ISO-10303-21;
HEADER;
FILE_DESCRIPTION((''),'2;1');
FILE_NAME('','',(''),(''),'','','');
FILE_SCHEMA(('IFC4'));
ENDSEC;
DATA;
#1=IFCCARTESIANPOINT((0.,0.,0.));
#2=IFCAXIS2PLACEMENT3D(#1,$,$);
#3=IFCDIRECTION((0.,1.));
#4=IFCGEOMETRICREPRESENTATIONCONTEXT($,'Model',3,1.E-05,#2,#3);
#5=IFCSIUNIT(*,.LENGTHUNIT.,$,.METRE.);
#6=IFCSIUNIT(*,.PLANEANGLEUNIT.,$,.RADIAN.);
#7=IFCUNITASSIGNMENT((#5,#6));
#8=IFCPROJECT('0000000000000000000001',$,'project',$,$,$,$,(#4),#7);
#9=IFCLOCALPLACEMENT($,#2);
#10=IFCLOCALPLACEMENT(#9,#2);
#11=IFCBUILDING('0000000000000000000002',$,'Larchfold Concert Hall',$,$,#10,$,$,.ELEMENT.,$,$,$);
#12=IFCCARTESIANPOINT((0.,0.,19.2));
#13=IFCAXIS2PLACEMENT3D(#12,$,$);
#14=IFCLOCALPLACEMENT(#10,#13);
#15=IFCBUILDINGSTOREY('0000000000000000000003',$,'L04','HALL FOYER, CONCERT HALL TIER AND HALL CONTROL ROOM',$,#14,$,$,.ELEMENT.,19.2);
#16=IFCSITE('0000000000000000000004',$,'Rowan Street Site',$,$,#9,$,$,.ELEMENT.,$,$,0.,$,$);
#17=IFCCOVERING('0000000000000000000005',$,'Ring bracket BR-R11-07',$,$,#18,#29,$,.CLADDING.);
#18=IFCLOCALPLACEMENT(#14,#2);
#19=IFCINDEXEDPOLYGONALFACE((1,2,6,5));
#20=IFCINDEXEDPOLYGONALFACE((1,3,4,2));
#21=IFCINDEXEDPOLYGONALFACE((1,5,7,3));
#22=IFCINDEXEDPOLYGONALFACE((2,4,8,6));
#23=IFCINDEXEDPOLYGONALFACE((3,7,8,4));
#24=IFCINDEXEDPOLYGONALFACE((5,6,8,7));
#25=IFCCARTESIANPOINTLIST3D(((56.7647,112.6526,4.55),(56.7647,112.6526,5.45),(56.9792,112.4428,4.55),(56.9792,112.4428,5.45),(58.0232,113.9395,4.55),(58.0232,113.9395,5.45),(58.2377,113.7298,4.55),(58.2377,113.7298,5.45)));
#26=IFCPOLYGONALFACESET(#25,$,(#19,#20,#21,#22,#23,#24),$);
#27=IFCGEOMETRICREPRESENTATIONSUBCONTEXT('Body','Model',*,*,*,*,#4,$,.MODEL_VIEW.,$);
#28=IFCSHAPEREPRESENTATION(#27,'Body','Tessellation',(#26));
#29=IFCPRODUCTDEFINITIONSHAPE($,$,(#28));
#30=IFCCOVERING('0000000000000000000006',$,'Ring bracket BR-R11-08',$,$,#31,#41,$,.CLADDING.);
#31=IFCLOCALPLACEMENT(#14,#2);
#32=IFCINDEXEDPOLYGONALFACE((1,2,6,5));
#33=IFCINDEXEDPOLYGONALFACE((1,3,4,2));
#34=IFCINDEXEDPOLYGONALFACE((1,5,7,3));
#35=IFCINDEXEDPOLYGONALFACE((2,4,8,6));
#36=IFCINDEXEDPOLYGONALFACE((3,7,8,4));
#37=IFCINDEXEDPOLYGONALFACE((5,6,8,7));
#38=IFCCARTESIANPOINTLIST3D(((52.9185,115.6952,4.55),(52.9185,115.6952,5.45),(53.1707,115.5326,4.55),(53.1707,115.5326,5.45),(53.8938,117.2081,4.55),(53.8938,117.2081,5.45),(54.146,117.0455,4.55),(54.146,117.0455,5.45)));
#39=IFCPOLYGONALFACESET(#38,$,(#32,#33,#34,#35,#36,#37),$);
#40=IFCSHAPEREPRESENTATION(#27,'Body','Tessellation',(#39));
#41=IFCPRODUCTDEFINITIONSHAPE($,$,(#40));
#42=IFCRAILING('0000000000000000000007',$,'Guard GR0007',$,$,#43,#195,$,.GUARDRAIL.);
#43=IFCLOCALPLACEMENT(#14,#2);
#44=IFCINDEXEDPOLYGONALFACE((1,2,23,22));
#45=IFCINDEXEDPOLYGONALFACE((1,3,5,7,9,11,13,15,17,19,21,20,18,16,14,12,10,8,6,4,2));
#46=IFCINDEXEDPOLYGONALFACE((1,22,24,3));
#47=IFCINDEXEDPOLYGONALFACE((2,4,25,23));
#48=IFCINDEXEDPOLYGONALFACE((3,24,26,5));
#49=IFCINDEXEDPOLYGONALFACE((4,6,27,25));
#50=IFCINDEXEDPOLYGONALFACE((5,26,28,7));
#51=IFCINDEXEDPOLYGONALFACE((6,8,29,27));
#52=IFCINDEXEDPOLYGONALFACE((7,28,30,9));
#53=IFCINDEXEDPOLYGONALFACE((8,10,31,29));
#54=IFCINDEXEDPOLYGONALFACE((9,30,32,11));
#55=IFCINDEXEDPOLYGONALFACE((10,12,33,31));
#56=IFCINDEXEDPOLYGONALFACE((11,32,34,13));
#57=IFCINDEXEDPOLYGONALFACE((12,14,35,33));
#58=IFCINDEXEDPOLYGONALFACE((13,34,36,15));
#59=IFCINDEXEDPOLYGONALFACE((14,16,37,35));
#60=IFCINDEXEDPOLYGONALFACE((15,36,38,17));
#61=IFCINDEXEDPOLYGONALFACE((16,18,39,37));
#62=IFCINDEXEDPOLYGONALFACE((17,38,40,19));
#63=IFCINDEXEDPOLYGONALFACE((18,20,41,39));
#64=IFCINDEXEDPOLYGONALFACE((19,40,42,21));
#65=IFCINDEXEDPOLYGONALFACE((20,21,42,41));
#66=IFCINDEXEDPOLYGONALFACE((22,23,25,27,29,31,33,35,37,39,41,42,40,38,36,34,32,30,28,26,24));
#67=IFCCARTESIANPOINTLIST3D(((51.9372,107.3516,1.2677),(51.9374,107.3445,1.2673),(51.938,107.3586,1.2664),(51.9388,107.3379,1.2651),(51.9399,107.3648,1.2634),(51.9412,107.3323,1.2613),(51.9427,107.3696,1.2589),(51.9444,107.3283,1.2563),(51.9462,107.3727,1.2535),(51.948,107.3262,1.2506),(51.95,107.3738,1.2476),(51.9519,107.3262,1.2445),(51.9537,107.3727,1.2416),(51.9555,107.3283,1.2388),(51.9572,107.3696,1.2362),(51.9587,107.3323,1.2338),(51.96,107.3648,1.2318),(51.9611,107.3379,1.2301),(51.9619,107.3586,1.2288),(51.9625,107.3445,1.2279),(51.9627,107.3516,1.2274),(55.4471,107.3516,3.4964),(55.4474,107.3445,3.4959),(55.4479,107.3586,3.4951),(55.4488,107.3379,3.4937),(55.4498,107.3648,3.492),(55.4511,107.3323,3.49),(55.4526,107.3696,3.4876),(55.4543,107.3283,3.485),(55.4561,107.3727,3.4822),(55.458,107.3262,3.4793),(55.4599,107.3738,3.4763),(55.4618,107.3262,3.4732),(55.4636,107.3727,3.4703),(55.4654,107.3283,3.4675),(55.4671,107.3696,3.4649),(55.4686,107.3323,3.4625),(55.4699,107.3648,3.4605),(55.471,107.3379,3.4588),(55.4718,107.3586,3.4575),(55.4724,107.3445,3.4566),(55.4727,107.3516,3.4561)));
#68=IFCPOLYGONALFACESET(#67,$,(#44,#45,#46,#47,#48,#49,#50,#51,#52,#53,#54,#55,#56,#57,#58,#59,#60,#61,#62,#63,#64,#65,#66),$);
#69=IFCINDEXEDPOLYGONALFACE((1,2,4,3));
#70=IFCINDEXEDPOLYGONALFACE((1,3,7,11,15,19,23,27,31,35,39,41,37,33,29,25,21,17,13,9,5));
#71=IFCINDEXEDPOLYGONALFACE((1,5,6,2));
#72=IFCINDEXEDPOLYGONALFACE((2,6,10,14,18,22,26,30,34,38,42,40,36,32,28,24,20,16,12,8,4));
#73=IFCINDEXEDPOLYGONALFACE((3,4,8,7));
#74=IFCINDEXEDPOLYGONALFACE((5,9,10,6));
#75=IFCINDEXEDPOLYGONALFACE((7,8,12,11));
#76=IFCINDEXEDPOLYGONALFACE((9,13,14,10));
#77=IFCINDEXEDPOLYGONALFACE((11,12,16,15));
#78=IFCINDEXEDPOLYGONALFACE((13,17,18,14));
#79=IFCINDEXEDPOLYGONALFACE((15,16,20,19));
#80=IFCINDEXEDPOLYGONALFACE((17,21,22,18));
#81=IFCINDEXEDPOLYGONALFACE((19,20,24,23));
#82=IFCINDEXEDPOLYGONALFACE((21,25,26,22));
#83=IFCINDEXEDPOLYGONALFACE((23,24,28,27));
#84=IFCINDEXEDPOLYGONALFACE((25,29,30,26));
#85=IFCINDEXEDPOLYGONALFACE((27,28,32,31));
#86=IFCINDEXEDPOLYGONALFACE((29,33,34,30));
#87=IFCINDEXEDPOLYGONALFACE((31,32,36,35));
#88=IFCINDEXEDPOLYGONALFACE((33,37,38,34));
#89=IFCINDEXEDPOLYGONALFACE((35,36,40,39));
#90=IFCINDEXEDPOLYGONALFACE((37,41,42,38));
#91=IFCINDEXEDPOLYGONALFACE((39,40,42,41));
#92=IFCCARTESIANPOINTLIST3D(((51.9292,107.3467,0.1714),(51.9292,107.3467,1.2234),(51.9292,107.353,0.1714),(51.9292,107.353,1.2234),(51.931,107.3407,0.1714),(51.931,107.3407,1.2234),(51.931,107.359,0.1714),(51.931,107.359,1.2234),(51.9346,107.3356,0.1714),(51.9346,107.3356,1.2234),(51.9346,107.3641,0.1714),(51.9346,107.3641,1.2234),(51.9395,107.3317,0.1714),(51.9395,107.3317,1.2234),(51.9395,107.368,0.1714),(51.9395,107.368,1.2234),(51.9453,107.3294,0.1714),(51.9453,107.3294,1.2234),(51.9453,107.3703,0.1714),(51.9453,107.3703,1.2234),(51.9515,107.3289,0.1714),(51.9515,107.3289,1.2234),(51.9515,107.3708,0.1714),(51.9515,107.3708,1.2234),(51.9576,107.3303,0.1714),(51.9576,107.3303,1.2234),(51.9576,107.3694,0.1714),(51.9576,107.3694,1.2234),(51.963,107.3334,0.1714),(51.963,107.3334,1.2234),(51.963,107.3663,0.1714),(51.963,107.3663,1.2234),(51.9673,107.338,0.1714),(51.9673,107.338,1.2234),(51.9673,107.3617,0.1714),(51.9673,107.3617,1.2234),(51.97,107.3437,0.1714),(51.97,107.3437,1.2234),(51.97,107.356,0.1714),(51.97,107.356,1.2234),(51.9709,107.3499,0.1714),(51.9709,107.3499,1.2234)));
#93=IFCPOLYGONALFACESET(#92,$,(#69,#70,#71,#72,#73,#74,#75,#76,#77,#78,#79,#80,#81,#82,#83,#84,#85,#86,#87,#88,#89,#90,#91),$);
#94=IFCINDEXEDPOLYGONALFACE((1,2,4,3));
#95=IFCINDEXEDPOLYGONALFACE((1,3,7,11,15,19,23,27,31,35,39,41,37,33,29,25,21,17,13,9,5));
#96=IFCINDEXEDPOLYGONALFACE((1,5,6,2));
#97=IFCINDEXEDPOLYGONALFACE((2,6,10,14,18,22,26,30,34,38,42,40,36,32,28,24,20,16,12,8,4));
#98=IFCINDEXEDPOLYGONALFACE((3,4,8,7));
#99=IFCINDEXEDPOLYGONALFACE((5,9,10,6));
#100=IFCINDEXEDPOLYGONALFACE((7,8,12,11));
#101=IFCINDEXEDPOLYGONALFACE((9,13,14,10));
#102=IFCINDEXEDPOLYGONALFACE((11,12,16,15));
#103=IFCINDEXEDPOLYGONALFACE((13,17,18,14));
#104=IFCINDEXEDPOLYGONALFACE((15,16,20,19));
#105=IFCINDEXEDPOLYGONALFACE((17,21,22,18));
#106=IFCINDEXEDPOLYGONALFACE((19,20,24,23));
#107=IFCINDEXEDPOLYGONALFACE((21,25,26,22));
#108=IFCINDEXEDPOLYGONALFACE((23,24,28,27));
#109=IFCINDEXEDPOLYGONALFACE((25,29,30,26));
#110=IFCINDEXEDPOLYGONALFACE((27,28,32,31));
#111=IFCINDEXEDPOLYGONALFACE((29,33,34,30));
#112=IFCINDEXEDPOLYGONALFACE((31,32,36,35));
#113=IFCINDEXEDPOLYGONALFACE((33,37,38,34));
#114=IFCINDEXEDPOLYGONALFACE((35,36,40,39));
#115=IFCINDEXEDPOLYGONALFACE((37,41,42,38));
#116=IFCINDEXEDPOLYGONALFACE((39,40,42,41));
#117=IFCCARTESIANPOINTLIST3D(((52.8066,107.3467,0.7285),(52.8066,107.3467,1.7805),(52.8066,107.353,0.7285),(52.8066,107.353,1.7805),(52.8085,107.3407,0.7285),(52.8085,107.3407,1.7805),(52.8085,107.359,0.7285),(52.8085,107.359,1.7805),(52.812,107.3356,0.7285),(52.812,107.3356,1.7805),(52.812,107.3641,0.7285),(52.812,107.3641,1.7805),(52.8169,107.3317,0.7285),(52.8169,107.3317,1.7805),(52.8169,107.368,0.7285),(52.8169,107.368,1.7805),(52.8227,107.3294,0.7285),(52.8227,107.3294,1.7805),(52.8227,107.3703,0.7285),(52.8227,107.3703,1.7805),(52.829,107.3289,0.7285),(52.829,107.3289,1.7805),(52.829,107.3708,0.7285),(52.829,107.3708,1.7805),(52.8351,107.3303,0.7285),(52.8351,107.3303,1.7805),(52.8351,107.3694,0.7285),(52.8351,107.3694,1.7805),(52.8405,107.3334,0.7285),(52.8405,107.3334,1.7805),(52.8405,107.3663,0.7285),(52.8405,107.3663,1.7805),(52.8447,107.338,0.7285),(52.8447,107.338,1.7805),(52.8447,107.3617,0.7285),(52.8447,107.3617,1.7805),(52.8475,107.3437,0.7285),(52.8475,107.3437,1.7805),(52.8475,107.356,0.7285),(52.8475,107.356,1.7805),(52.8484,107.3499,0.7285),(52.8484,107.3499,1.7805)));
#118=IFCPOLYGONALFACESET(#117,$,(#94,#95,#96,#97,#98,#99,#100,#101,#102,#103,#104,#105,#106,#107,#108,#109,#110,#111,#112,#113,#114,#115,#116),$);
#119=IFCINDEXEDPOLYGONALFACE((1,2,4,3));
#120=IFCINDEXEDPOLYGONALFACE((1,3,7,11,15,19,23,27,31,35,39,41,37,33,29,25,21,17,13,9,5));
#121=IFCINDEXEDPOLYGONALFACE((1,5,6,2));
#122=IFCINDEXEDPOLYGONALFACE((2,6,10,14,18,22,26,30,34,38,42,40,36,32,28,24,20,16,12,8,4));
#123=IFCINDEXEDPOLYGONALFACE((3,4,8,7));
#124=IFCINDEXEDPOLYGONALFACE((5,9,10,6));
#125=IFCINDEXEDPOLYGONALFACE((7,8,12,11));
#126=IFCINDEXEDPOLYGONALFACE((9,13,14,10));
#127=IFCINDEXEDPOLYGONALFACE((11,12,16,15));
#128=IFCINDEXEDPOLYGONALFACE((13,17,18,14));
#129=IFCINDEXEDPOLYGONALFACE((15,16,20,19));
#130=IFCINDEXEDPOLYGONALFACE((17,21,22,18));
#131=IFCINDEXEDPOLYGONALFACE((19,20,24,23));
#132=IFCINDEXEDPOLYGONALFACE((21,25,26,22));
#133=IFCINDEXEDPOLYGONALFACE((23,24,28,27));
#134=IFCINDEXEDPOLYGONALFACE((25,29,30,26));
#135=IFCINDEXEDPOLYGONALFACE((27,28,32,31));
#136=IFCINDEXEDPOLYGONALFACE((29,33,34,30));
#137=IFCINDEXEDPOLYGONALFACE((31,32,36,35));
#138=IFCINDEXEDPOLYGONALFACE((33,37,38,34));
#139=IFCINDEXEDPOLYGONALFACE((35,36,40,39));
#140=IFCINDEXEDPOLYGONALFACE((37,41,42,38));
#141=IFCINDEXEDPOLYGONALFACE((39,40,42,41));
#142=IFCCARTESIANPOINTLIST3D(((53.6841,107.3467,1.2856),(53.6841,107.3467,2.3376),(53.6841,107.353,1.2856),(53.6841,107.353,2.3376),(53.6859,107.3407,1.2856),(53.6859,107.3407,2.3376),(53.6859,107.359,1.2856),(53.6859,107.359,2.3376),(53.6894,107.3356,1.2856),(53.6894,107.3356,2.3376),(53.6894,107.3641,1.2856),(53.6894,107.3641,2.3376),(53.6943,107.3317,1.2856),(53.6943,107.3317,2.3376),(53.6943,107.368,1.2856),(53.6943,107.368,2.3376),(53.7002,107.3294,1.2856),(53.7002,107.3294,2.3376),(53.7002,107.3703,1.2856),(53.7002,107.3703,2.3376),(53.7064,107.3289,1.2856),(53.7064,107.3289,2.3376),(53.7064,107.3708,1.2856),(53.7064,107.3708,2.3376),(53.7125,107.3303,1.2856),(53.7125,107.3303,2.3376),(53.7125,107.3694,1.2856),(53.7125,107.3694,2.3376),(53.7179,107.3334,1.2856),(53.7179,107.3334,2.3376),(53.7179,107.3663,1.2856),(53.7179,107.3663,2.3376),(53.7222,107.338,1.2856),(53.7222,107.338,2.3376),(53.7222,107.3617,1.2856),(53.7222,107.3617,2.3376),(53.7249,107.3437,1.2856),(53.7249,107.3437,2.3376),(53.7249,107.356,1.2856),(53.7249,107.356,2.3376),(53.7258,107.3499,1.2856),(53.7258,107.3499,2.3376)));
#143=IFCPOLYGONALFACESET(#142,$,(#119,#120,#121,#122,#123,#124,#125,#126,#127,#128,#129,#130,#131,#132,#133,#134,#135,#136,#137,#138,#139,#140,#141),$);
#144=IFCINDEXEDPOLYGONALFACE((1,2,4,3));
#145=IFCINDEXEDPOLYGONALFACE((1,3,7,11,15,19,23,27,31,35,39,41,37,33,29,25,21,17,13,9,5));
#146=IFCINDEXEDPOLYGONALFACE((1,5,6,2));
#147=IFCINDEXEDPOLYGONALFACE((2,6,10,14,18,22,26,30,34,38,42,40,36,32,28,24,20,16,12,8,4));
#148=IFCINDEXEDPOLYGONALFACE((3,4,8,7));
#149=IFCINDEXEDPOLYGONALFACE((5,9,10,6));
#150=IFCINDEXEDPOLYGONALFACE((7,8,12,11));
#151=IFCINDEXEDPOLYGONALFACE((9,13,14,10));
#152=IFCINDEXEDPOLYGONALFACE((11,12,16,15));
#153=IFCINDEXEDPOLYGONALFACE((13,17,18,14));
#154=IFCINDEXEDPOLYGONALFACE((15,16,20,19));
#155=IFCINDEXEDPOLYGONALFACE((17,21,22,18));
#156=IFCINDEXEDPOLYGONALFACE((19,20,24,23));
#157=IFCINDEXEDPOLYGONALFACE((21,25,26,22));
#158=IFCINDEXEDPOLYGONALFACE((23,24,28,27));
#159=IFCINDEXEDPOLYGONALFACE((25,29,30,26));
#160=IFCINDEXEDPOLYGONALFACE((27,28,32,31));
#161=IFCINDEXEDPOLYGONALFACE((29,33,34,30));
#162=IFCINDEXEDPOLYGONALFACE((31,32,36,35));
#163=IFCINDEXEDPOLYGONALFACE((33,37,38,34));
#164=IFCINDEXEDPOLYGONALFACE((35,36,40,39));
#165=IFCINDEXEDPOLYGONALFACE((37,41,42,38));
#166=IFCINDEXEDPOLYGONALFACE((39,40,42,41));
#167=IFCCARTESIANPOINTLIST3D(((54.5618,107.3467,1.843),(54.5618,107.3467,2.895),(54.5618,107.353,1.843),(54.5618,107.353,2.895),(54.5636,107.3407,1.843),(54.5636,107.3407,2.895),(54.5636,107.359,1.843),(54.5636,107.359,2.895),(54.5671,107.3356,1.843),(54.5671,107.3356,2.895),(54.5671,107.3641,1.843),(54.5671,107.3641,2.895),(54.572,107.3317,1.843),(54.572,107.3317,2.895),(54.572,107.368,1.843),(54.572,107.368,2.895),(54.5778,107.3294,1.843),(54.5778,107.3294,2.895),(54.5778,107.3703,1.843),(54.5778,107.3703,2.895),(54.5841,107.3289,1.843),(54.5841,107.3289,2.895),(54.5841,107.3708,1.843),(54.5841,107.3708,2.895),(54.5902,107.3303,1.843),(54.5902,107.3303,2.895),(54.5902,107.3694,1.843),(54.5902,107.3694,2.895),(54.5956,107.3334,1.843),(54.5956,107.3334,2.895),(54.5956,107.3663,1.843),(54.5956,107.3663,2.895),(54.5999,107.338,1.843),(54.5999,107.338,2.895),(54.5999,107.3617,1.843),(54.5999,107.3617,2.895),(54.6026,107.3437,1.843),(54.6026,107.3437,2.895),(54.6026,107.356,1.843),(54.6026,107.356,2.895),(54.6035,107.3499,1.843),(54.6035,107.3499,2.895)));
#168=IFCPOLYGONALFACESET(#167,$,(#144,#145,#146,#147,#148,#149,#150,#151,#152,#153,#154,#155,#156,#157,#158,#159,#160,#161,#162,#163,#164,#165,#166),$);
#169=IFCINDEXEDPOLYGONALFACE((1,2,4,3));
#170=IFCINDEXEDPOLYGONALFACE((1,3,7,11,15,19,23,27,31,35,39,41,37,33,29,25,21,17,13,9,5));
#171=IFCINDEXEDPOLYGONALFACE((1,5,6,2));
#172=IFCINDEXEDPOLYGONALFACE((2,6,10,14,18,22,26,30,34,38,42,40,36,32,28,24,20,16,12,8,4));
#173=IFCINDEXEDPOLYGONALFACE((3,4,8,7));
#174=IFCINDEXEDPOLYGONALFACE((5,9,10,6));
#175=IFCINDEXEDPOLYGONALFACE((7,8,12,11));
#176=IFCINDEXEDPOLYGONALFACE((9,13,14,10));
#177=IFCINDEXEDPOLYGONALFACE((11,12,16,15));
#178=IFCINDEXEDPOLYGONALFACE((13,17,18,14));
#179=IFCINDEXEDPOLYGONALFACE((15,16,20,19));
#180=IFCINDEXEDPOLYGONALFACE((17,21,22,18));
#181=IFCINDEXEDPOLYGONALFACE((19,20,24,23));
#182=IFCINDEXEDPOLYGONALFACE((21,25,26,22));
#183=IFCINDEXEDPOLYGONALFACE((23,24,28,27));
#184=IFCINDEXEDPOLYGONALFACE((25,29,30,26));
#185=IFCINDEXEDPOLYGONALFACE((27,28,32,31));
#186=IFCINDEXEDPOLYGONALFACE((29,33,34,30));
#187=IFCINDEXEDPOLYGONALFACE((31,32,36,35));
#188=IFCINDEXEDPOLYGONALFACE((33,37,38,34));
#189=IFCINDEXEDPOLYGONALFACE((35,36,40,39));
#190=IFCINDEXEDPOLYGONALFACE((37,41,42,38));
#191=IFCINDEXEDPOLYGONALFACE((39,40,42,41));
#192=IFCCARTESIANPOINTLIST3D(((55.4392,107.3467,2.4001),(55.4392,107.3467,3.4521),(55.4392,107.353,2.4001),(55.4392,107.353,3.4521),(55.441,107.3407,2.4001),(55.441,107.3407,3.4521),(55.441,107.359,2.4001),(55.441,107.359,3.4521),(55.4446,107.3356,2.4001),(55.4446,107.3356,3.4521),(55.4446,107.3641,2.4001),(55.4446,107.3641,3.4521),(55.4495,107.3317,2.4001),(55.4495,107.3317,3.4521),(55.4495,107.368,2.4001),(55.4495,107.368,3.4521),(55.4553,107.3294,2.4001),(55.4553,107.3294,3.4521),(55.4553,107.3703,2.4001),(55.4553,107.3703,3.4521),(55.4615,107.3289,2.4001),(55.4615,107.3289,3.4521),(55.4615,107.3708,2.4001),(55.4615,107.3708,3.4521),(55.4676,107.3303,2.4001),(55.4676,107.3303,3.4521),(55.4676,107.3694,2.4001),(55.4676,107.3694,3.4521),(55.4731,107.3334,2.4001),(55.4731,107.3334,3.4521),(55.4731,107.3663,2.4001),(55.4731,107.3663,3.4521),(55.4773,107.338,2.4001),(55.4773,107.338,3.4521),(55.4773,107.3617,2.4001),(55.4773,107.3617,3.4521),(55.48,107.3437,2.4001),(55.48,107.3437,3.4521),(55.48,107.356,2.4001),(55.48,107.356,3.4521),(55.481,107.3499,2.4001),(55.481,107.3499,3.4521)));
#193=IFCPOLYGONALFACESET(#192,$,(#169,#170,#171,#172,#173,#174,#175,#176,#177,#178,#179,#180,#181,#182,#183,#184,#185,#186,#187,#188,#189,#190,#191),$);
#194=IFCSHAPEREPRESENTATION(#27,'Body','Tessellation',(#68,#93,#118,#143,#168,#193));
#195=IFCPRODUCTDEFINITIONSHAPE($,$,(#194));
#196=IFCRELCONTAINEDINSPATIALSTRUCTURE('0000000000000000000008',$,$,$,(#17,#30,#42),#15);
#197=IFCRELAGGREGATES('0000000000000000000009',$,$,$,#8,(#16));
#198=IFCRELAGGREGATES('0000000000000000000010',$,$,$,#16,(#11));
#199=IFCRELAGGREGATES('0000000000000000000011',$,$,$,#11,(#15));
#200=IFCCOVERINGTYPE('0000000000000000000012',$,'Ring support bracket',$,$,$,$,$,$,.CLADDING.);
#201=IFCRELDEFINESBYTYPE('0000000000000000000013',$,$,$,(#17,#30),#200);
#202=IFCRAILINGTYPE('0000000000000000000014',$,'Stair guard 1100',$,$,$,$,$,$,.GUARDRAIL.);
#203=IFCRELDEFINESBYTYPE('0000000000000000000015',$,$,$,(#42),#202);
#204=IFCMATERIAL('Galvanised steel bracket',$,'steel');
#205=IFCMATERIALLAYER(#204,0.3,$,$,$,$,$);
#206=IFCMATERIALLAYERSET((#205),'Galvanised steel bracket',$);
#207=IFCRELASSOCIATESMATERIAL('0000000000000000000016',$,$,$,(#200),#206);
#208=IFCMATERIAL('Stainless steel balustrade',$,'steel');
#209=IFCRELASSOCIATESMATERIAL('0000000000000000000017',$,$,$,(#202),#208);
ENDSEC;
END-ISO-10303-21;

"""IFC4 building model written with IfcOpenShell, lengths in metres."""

from ifc_helpers import new_model, si_unit, direction, frame, origin, origin_2d, place, context, subcontext, project, spatial, rectangle, circle, extrude, material, layer, layer_set, type_object, element, save


model = new_model("IFC4")

# Units and contexts
model_context = context("Model", 3, precision=1e-05, world=origin(), true_north=direction((0.0, 1.0)))
body_context = subcontext(model_context, "Body", "Model", "MODEL_VIEW")
ifc_project = project(units=[si_unit("LENGTHUNIT", "METRE"), si_unit("PLANEANGLEUNIT", "RADIAN")], contexts=[model_context])

# Site, building, storey
site_placement = place(None, origin())
site = spatial("IfcSite", under=ifc_project, at=site_placement, Name="Rowan Street Site", CompositionType="ELEMENT", RefElevation=0.0)
building_placement = place(site_placement, origin())
building = spatial("IfcBuilding", under=site, at=building_placement, Name="Larchfold Concert Hall", CompositionType="ELEMENT")
storey_placement = place(building_placement, frame((0.0, 0.0, 19.2)))
storey = spatial("IfcBuildingStorey", under=building, at=storey_placement, Name="L04", Description="HALL FOYER, CONCERT HALL TIER AND HALL CONTROL ROOM", CompositionType="ELEMENT", Elevation=19.2)

# Coverings
ifc_material_1 = material(Name="Galvanised steel bracket", Category="steel")
ifc_layer_1 = layer(ifc_material_1, 0.3)
ifc_layer_set_1 = layer_set([ifc_layer_1], Name="Galvanised steel bracket")
covering_type = type_object("IfcCoveringType", Name="Ring support bracket", PredefinedType="CLADDING", material=ifc_layer_set_1)
for number, where, z_axis, x_axis, name in (
    (1, (57.5012, 113.1912, 4.55), (0.0, 0.0, 1.0), (0.699161, 0.714965, 0.0), "Ring bracket BR-R11-07"),
    (2, (53.5322, 116.3704, 4.55), (0.0, 0.0, 1.0), (0.54181, 0.840501, 0.0), "Ring bracket BR-R11-08"),
):
    element("IfcCovering", number, at=place(storey_placement, frame(where, z_axis=z_axis, x_axis=x_axis)), inside=storey, type_object=covering_type, Name=name, PredefinedType="CLADDING", context=body_context, shape_type="SweptSolid", body=[
        extrude(rectangle(XDim=1.8, YDim=0.3, at=origin_2d()), origin(), (0.0, 0.0, 1.0), 0.8999),
    ])

# Railing
ifc_material_2 = material(Name="Stainless steel balustrade", Category="steel")
railing_type_1 = type_object("IfcRailingType", Name="Stair guard 1100", PredefinedType="GUARDRAIL", material=ifc_material_2)
railing_1_placement = place(storey_placement, frame((51.95, 107.3499, 0.1714)))
element("IfcRailing", 3, at=railing_1_placement, inside=storey, type_object=railing_type_1, Name="Guard GR0007", PredefinedType="GUARDRAIL", context=body_context, shape_type="SweptSolid", body=[
    extrude(circle(Radius=0.0239, at=origin_2d()), frame((0.0, 0.0, 1.0762), z_axis=(0.844193, 0.0, 0.536039), x_axis=(0.0, 1.0, 0.0)), (0.0, 0.0, 1.0), 4.1577),
    extrude(circle(Radius=0.021, at=origin_2d()), origin(), (0.0, 0.0, 1.0), 1.052),
    extrude(circle(Radius=0.021, at=origin_2d()), frame((0.8774, 0.0, 0.5571)), (0.0, 0.0, 1.0), 1.052),
    extrude(circle(Radius=0.021, at=origin_2d()), frame((1.7549, 0.0, 1.1143)), (0.0, 0.0, 1.0), 1.052),
    extrude(circle(Radius=0.021, at=origin_2d()), frame((2.6326, 0.0, 1.6716)), (0.0, 0.0, 1.0), 1.052),
    extrude(circle(Radius=0.021, at=origin_2d()), frame((3.51, 0.0, 2.2288)), (0.0, 0.0, 1.0), 1.052),
])

save(model, "model.ifc")
